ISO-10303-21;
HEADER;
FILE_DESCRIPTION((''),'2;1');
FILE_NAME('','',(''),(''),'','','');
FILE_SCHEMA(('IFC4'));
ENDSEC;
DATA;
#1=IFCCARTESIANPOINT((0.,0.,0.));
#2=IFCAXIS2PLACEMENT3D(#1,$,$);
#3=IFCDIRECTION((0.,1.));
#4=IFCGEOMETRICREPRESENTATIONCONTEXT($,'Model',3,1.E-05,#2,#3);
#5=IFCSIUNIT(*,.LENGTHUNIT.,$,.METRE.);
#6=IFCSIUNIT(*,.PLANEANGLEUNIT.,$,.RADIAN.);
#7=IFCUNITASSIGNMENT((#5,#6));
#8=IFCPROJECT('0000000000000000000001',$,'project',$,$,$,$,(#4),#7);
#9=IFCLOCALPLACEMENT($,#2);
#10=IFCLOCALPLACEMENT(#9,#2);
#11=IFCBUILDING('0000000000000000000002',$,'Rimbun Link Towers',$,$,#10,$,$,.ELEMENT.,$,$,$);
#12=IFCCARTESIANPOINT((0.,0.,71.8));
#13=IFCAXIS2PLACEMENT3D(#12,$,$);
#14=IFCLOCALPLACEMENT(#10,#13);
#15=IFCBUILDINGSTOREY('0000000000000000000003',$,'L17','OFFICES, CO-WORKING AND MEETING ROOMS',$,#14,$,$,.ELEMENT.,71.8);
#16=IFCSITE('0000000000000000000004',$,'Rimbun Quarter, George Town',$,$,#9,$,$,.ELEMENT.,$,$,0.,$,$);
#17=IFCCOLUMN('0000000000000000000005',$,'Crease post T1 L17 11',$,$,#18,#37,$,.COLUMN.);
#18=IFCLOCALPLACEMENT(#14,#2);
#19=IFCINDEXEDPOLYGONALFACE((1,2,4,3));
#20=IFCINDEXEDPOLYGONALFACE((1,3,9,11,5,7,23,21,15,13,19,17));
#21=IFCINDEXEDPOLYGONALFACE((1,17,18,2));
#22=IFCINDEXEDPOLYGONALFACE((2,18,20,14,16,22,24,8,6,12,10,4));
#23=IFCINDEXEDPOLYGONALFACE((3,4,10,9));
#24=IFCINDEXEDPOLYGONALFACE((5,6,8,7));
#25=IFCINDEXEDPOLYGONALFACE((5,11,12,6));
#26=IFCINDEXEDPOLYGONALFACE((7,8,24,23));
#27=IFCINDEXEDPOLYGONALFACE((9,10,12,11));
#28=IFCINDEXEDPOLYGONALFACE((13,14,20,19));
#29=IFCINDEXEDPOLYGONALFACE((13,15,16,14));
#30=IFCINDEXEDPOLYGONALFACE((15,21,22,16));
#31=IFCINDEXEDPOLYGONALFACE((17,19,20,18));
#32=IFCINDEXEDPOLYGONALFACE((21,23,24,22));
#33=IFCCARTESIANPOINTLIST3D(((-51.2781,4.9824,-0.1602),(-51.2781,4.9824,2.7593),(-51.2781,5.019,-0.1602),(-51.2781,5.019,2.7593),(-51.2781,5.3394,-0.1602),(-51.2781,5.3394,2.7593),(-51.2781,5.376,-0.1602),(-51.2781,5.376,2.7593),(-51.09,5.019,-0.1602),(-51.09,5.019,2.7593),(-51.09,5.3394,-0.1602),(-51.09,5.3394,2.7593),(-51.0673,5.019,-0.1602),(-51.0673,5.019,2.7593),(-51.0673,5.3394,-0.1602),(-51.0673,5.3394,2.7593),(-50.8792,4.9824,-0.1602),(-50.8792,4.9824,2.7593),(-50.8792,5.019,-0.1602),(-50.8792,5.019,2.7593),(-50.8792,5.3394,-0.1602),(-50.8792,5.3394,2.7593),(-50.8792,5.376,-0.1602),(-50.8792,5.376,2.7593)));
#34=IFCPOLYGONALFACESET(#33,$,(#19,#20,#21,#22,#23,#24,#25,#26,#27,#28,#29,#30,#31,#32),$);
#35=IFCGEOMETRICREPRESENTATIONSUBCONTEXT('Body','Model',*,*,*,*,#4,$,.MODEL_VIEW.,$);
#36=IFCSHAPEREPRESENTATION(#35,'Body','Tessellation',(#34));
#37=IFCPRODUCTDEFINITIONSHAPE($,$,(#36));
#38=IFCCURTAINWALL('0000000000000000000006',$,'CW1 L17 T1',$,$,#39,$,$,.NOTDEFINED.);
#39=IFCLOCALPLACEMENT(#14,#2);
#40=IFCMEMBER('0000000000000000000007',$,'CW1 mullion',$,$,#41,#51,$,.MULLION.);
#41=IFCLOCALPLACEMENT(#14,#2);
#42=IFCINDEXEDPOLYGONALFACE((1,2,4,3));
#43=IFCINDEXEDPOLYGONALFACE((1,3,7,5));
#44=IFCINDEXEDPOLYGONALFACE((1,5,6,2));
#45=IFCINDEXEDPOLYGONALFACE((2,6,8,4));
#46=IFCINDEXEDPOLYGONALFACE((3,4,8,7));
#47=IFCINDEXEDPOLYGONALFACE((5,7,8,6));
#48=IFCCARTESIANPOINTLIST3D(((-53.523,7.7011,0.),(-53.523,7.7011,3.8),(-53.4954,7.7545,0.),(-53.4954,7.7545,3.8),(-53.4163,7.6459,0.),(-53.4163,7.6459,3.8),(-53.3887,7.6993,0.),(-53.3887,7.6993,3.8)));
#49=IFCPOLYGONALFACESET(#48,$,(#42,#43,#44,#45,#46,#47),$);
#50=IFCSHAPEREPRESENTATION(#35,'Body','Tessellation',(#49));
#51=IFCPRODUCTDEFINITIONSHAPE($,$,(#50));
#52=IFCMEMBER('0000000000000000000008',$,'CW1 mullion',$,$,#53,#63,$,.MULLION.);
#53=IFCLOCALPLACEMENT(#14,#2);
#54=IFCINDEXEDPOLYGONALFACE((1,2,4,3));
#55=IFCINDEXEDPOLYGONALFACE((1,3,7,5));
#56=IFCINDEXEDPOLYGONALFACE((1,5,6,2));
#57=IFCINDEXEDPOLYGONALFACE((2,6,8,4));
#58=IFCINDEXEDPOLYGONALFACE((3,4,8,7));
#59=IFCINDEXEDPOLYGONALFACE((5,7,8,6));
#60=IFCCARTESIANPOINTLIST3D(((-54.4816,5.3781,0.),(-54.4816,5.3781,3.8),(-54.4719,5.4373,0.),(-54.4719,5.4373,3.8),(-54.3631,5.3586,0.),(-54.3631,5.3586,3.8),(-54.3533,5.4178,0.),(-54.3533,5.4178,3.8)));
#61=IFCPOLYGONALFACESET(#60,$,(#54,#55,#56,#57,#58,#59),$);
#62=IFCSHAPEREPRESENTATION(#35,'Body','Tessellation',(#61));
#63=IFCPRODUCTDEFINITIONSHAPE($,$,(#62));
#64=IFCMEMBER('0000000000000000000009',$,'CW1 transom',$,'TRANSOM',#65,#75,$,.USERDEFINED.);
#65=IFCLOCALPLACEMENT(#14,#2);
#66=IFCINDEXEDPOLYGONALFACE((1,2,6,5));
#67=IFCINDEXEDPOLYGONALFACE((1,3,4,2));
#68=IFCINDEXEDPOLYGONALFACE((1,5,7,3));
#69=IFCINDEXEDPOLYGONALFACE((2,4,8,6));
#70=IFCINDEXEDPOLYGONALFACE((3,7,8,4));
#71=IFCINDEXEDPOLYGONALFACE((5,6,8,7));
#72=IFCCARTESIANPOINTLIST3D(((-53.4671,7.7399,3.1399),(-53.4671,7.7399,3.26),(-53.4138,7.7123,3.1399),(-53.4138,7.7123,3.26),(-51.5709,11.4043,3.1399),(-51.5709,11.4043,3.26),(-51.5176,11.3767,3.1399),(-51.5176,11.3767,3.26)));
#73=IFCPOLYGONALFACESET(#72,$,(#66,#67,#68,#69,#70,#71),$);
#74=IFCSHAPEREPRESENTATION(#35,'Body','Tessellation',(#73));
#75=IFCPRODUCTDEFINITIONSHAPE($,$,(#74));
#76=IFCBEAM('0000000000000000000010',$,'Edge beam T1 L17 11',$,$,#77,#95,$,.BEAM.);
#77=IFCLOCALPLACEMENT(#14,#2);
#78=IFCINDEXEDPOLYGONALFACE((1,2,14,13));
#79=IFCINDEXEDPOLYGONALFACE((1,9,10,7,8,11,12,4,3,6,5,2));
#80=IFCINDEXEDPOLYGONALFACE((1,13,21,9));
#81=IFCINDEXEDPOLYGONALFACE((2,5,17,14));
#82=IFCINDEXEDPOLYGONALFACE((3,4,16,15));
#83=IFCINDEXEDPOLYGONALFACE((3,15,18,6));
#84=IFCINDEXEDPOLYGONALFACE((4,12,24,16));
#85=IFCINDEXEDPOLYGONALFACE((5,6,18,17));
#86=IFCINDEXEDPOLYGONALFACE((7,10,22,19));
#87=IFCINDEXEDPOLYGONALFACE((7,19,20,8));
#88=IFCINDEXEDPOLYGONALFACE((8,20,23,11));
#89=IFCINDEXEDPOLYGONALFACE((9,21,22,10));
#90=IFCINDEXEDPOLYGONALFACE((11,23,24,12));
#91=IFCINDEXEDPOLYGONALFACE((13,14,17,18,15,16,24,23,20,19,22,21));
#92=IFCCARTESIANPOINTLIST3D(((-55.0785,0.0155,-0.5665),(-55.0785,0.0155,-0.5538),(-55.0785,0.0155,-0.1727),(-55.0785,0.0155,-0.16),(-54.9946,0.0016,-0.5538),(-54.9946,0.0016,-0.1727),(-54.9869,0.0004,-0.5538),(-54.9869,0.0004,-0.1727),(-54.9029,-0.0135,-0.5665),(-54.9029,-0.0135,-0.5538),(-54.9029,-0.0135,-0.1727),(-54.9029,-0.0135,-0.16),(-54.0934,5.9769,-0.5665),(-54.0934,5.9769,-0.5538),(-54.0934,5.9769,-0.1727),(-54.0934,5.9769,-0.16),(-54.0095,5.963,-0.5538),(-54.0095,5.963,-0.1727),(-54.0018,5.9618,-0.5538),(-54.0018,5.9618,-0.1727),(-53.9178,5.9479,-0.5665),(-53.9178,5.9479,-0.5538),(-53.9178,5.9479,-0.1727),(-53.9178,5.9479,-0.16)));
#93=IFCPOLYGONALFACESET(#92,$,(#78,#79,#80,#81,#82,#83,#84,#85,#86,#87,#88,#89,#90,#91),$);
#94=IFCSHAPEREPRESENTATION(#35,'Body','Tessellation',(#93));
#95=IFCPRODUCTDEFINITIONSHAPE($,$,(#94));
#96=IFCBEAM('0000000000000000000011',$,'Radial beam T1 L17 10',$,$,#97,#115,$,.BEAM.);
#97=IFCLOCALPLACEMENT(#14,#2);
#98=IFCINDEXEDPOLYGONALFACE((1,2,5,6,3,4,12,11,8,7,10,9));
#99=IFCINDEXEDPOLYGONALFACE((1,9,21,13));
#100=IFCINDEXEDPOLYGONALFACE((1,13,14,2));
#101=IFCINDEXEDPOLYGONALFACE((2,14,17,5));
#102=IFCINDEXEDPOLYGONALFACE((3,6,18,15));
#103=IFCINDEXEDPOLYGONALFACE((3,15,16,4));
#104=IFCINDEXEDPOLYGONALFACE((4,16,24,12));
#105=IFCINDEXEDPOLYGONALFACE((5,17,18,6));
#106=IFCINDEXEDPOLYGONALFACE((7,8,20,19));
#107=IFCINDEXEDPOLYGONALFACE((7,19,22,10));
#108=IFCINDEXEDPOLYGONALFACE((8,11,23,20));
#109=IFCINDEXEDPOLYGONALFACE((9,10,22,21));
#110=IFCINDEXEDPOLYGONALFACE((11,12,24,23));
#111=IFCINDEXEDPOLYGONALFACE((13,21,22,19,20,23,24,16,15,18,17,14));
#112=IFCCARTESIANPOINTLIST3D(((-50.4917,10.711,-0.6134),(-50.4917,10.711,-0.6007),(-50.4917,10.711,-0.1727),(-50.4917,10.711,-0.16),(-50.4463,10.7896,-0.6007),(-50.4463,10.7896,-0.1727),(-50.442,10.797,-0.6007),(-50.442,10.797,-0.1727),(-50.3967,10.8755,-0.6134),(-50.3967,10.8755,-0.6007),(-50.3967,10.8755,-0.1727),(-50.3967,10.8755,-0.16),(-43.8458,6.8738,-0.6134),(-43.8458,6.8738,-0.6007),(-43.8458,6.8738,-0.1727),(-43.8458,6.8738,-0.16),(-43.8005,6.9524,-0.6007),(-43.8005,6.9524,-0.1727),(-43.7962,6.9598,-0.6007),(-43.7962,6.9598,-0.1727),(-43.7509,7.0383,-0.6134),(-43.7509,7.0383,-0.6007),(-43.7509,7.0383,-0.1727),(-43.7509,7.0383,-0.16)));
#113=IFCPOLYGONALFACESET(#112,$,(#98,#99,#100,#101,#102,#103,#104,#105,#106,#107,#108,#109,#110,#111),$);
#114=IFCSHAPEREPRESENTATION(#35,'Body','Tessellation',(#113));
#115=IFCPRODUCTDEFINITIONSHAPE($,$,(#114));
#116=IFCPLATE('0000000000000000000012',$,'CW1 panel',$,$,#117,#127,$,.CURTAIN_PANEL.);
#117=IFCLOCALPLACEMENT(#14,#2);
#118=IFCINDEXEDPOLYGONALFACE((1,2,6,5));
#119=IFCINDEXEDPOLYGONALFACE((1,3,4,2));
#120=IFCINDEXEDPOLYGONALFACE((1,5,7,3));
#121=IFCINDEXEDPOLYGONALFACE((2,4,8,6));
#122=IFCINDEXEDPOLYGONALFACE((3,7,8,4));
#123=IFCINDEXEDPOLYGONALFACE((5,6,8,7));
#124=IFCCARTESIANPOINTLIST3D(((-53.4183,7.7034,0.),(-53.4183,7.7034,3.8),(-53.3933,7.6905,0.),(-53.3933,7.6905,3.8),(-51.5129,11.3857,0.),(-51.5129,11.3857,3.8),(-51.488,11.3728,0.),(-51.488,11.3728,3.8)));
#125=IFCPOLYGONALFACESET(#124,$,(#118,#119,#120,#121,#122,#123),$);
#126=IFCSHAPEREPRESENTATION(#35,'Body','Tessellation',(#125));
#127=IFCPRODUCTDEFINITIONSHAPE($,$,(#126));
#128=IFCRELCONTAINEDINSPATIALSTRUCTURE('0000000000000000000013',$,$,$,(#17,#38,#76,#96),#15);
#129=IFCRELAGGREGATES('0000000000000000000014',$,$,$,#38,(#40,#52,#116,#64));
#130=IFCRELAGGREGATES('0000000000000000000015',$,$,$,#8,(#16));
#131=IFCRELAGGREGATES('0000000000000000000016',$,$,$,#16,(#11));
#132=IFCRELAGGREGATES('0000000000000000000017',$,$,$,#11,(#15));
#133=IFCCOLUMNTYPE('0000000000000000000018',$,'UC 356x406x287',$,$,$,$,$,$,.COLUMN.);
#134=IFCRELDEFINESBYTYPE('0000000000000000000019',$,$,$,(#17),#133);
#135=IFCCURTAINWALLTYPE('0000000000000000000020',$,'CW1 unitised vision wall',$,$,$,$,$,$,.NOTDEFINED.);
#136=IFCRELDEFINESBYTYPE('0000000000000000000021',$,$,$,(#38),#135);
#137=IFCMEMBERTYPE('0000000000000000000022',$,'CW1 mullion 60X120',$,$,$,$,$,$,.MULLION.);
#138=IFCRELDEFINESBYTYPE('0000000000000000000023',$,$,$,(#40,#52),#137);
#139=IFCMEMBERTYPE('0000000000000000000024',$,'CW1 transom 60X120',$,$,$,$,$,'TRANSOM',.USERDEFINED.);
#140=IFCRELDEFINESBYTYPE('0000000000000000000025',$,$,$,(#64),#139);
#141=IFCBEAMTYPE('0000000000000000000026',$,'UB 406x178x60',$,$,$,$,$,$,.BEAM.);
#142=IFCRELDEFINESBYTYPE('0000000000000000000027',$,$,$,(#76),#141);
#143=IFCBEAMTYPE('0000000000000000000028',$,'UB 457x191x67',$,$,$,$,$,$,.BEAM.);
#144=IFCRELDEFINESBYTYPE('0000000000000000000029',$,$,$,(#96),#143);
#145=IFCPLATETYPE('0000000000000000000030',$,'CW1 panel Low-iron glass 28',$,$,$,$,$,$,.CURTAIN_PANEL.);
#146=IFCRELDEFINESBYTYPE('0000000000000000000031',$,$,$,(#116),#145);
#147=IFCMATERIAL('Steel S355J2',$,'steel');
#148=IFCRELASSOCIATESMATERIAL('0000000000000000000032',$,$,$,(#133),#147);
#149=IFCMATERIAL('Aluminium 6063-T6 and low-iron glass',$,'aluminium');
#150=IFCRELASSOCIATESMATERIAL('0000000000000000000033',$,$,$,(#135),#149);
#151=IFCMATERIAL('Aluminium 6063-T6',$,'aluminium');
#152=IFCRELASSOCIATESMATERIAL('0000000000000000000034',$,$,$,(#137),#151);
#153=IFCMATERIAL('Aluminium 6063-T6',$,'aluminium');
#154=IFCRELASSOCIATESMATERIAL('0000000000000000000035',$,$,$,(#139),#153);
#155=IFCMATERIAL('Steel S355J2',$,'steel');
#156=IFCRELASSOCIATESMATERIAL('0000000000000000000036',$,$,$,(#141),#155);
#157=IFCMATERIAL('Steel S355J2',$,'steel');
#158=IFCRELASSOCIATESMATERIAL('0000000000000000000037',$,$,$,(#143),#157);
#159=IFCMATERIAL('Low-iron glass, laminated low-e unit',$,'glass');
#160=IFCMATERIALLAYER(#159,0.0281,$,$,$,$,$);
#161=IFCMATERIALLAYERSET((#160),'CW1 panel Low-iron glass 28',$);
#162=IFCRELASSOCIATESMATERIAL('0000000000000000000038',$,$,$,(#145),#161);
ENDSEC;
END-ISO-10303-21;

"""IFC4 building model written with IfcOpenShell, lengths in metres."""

from ifc_helpers import new_model, si_unit, direction, frame, origin, origin_2d, place, context, subcontext, project, spatial, rectangle, i_section, extrude, material, layer, layer_set, material_profile, profile_set, type_object, element, aggregate, save


model = new_model("IFC4")

# Units and contexts
model_context = context("Model", 3, precision=1e-05, world=origin(), true_north=direction((0.0, 1.0)))
body_context = subcontext(model_context, "Body", "Model", "MODEL_VIEW")
ifc_project = project(units=[si_unit("LENGTHUNIT", "METRE"), si_unit("PLANEANGLEUNIT", "RADIAN")], contexts=[model_context])

# Site, building, storey
site_placement = place(None, origin())
site = spatial("IfcSite", under=ifc_project, at=site_placement, Name="Rimbun Quarter, George Town", CompositionType="ELEMENT", RefElevation=0.0)
building_placement = place(site_placement, origin())
building = spatial("IfcBuilding", under=site, at=building_placement, Name="Rimbun Link Towers", CompositionType="ELEMENT")
storey_placement = place(building_placement, frame((0.0, 0.0, 71.8)))
storey = spatial("IfcBuildingStorey", under=building, at=storey_placement, Name="L17", Description="OFFICES, CO-WORKING AND MEETING ROOMS", CompositionType="ELEMENT", Elevation=71.8)

# Column
ifc_material_1 = material(Name="Steel S355J2", Category="steel")
ifc_material_profile_1 = material_profile(ifc_material_1, i_section(OverallWidth=0.3989, OverallDepth=0.3936, WebThickness=0.0227, FlangeThickness=0.0366, at=origin_2d()), Name="UC 356x406x287")
ifc_profile_set_1 = profile_set([ifc_material_profile_1], Name="Steel S355J2")
column_type = type_object("IfcColumnType", Name="UC 356x406x287", PredefinedType="COLUMN", material=ifc_profile_set_1)
column_placement = place(storey_placement, frame((-51.0786, 5.1792, -0.1602), z_axis=(0.0, 0.0, 1.0), x_axis=(1.0, 0.0, 0.0)))
element("IfcColumn", 1, at=column_placement, inside=storey, type_object=column_type, Name="Crease post T1 L17 11", PredefinedType="COLUMN", context=body_context, shape_type="SweptSolid", body=[
    extrude(i_section(OverallWidth=0.3989, OverallDepth=0.3936, WebThickness=0.0227, FlangeThickness=0.0366, at=origin_2d()), origin(), (0.0, 0.0, 1.0), 2.9194),
])

# Curtain wall, members
ifc_material_2 = material(Name="Aluminium 6063-T6 and low-iron glass", Category="aluminium")
curtain_wall_type = type_object("IfcCurtainWallType", Name="CW1 unitised vision wall", PredefinedType="NOTDEFINED", material=ifc_material_2)
curtain_wall_placement = place(storey_placement, origin())
curtain_wall = element("IfcCurtainWall", 2, at=curtain_wall_placement, inside=storey, type_object=curtain_wall_type, Name="CW1 L17 T1", PredefinedType="NOTDEFINED")
ifc_material_3 = material(Name="Aluminium 6063-T6", Category="aluminium")
ifc_material_profile_2 = material_profile(ifc_material_3, rectangle(XDim=0.1201, YDim=0.0601, at=origin_2d()), Name="MULLION 60X120")
ifc_profile_set_2 = profile_set([ifc_material_profile_2], Name="Aluminium 6063-T6")
member_type_1 = type_object("IfcMemberType", Name="CW1 mullion 60X120", PredefinedType="MULLION", material=ifc_profile_set_2)
member_1_placement = place(storey_placement, frame((-53.4558, 7.7002, 0.0), z_axis=(0.0, 0.0, 1.0), x_axis=(-0.888149, 0.459556, 0.0)))
member_1 = element("IfcMember", 3, at=member_1_placement, type_object=member_type_1, Name="CW1 mullion", PredefinedType="MULLION", context=body_context, shape_type="SweptSolid", body=[
    extrude(rectangle(XDim=0.1201, YDim=0.0601, at=origin_2d()), origin(), (0.0, 0.0, 1.0), 3.8),
])
member_2_placement = place(storey_placement, frame((-54.4175, 5.3979, 0.0), z_axis=(0.0, 0.0, 1.0), x_axis=(-0.986748, 0.16226, 0.0)))
member_2 = element("IfcMember", 4, at=member_2_placement, type_object=member_type_1, Name="CW1 mullion", PredefinedType="MULLION", context=body_context, shape_type="SweptSolid", body=[
    extrude(rectangle(XDim=0.1201, YDim=0.0601, at=origin_2d()), origin(), (0.0, 0.0, 1.0), 3.8),
])
ifc_material_4 = material(Name="Aluminium 6063-T6", Category="aluminium")
ifc_material_profile_3 = material_profile(ifc_material_4, rectangle(XDim=0.0601, YDim=0.1201, at=origin_2d()), Name="TRANSOM 60X120")
ifc_profile_set_3 = profile_set([ifc_material_profile_3], Name="Aluminium 6063-T6")
member_type_2 = type_object("IfcMemberType", Name="CW1 transom 60X120", ElementType="TRANSOM", PredefinedType="USERDEFINED", material=ifc_profile_set_3)
member_3_placement = place(storey_placement, frame((-53.4404, 7.7261, 3.2), z_axis=(0.459573, 0.88814, 0.0), x_axis=(-0.88814, 0.459573, 0.0)))
member_3 = element("IfcMember", 5, at=member_3_placement, type_object=member_type_2, Name="CW1 transom", ObjectType="TRANSOM", PredefinedType="USERDEFINED", context=body_context, shape_type="SweptSolid", body=[
    extrude(rectangle(XDim=0.0601, YDim=0.1201, at=origin_2d()), origin(), (0.0, 0.0, 1.0), 4.126),
])

# Beams
ifc_material_5 = material(Name="Steel S355J2", Category="steel")
ifc_material_profile_4 = material_profile(ifc_material_5, i_section(OverallWidth=0.178, OverallDepth=0.4065, WebThickness=0.0078, FlangeThickness=0.0127, at=origin_2d()), Name="UB 406x178x60")
ifc_profile_set_4 = profile_set([ifc_material_profile_4], Name="Steel S355J2")
beam_type_1 = type_object("IfcBeamType", Name="UB 406x178x60", PredefinedType="BEAM", material=ifc_profile_set_4)
beam_1_placement = place(storey_placement, frame((-54.0056, 5.9624, -0.3633), z_axis=(-0.163036, -0.98662, 0.0), x_axis=(0.98662, -0.163036, 0.0)))
element("IfcBeam", 6, at=beam_1_placement, inside=storey, type_object=beam_type_1, Name="Edge beam T1 L17 11", PredefinedType="BEAM", context=body_context, shape_type="SweptSolid", body=[
    extrude(i_section(OverallWidth=0.178, OverallDepth=0.4065, WebThickness=0.0078, FlangeThickness=0.0127, at=origin_2d()), origin(), (0.0, 0.0, 1.0), 6.0422),
])
ifc_material_6 = material(Name="Steel S355J2", Category="steel")
ifc_material_profile_5 = material_profile(ifc_material_6, i_section(OverallWidth=0.1899, OverallDepth=0.4534, WebThickness=0.0085, FlangeThickness=0.0127, at=origin_2d()), Name="UB 457x191x67")
ifc_profile_set_5 = profile_set([ifc_material_profile_5], Name="Steel S355J2")
beam_type_2 = type_object("IfcBeamType", Name="UB 457x191x67", PredefinedType="BEAM", material=ifc_profile_set_5)
beam_2_placement = place(storey_placement, frame((-43.7983, 6.9561, -0.3867), z_axis=(-0.866012, 0.500023, 0.0), x_axis=(-0.500023, -0.866012, 0.0)))
element("IfcBeam", 7, at=beam_2_placement, inside=storey, type_object=beam_type_2, Name="Radial beam T1 L17 10", PredefinedType="BEAM", context=body_context, shape_type="SweptSolid", body=[
    extrude(i_section(OverallWidth=0.1899, OverallDepth=0.4534, WebThickness=0.0085, FlangeThickness=0.0127, at=origin_2d()), origin(), (0.0, 0.0, 1.0), 7.6741),
])

# Plate
ifc_material_7 = material(Name="Low-iron glass, laminated low-e unit", Category="glass")
ifc_layer_1 = layer(ifc_material_7, 0.0281)
ifc_layer_set_1 = layer_set([ifc_layer_1], Name="CW1 panel Low-iron glass 28")
plate_type = type_object("IfcPlateType", Name="CW1 panel Low-iron glass 28", PredefinedType="CURTAIN_PANEL", material=ifc_layer_set_1)
plate_placement = place(storey_placement, frame((-52.4531, 9.5381, 0.0), z_axis=(0.0, 0.0, 1.0), x_axis=(0.459556, 0.888149, 0.0)))
plate = element("IfcPlate", 8, at=plate_placement, type_object=plate_type, Name="CW1 panel", PredefinedType="CURTAIN_PANEL", context=body_context, shape_type="SweptSolid", body=[
    extrude(rectangle(XDim=4.146, YDim=0.0281, at=origin_2d()), origin(), (0.0, 0.0, 1.0), 3.8),
])
aggregate(curtain_wall, [member_1, member_2, plate, member_3])

save(model, "model.ifc")
